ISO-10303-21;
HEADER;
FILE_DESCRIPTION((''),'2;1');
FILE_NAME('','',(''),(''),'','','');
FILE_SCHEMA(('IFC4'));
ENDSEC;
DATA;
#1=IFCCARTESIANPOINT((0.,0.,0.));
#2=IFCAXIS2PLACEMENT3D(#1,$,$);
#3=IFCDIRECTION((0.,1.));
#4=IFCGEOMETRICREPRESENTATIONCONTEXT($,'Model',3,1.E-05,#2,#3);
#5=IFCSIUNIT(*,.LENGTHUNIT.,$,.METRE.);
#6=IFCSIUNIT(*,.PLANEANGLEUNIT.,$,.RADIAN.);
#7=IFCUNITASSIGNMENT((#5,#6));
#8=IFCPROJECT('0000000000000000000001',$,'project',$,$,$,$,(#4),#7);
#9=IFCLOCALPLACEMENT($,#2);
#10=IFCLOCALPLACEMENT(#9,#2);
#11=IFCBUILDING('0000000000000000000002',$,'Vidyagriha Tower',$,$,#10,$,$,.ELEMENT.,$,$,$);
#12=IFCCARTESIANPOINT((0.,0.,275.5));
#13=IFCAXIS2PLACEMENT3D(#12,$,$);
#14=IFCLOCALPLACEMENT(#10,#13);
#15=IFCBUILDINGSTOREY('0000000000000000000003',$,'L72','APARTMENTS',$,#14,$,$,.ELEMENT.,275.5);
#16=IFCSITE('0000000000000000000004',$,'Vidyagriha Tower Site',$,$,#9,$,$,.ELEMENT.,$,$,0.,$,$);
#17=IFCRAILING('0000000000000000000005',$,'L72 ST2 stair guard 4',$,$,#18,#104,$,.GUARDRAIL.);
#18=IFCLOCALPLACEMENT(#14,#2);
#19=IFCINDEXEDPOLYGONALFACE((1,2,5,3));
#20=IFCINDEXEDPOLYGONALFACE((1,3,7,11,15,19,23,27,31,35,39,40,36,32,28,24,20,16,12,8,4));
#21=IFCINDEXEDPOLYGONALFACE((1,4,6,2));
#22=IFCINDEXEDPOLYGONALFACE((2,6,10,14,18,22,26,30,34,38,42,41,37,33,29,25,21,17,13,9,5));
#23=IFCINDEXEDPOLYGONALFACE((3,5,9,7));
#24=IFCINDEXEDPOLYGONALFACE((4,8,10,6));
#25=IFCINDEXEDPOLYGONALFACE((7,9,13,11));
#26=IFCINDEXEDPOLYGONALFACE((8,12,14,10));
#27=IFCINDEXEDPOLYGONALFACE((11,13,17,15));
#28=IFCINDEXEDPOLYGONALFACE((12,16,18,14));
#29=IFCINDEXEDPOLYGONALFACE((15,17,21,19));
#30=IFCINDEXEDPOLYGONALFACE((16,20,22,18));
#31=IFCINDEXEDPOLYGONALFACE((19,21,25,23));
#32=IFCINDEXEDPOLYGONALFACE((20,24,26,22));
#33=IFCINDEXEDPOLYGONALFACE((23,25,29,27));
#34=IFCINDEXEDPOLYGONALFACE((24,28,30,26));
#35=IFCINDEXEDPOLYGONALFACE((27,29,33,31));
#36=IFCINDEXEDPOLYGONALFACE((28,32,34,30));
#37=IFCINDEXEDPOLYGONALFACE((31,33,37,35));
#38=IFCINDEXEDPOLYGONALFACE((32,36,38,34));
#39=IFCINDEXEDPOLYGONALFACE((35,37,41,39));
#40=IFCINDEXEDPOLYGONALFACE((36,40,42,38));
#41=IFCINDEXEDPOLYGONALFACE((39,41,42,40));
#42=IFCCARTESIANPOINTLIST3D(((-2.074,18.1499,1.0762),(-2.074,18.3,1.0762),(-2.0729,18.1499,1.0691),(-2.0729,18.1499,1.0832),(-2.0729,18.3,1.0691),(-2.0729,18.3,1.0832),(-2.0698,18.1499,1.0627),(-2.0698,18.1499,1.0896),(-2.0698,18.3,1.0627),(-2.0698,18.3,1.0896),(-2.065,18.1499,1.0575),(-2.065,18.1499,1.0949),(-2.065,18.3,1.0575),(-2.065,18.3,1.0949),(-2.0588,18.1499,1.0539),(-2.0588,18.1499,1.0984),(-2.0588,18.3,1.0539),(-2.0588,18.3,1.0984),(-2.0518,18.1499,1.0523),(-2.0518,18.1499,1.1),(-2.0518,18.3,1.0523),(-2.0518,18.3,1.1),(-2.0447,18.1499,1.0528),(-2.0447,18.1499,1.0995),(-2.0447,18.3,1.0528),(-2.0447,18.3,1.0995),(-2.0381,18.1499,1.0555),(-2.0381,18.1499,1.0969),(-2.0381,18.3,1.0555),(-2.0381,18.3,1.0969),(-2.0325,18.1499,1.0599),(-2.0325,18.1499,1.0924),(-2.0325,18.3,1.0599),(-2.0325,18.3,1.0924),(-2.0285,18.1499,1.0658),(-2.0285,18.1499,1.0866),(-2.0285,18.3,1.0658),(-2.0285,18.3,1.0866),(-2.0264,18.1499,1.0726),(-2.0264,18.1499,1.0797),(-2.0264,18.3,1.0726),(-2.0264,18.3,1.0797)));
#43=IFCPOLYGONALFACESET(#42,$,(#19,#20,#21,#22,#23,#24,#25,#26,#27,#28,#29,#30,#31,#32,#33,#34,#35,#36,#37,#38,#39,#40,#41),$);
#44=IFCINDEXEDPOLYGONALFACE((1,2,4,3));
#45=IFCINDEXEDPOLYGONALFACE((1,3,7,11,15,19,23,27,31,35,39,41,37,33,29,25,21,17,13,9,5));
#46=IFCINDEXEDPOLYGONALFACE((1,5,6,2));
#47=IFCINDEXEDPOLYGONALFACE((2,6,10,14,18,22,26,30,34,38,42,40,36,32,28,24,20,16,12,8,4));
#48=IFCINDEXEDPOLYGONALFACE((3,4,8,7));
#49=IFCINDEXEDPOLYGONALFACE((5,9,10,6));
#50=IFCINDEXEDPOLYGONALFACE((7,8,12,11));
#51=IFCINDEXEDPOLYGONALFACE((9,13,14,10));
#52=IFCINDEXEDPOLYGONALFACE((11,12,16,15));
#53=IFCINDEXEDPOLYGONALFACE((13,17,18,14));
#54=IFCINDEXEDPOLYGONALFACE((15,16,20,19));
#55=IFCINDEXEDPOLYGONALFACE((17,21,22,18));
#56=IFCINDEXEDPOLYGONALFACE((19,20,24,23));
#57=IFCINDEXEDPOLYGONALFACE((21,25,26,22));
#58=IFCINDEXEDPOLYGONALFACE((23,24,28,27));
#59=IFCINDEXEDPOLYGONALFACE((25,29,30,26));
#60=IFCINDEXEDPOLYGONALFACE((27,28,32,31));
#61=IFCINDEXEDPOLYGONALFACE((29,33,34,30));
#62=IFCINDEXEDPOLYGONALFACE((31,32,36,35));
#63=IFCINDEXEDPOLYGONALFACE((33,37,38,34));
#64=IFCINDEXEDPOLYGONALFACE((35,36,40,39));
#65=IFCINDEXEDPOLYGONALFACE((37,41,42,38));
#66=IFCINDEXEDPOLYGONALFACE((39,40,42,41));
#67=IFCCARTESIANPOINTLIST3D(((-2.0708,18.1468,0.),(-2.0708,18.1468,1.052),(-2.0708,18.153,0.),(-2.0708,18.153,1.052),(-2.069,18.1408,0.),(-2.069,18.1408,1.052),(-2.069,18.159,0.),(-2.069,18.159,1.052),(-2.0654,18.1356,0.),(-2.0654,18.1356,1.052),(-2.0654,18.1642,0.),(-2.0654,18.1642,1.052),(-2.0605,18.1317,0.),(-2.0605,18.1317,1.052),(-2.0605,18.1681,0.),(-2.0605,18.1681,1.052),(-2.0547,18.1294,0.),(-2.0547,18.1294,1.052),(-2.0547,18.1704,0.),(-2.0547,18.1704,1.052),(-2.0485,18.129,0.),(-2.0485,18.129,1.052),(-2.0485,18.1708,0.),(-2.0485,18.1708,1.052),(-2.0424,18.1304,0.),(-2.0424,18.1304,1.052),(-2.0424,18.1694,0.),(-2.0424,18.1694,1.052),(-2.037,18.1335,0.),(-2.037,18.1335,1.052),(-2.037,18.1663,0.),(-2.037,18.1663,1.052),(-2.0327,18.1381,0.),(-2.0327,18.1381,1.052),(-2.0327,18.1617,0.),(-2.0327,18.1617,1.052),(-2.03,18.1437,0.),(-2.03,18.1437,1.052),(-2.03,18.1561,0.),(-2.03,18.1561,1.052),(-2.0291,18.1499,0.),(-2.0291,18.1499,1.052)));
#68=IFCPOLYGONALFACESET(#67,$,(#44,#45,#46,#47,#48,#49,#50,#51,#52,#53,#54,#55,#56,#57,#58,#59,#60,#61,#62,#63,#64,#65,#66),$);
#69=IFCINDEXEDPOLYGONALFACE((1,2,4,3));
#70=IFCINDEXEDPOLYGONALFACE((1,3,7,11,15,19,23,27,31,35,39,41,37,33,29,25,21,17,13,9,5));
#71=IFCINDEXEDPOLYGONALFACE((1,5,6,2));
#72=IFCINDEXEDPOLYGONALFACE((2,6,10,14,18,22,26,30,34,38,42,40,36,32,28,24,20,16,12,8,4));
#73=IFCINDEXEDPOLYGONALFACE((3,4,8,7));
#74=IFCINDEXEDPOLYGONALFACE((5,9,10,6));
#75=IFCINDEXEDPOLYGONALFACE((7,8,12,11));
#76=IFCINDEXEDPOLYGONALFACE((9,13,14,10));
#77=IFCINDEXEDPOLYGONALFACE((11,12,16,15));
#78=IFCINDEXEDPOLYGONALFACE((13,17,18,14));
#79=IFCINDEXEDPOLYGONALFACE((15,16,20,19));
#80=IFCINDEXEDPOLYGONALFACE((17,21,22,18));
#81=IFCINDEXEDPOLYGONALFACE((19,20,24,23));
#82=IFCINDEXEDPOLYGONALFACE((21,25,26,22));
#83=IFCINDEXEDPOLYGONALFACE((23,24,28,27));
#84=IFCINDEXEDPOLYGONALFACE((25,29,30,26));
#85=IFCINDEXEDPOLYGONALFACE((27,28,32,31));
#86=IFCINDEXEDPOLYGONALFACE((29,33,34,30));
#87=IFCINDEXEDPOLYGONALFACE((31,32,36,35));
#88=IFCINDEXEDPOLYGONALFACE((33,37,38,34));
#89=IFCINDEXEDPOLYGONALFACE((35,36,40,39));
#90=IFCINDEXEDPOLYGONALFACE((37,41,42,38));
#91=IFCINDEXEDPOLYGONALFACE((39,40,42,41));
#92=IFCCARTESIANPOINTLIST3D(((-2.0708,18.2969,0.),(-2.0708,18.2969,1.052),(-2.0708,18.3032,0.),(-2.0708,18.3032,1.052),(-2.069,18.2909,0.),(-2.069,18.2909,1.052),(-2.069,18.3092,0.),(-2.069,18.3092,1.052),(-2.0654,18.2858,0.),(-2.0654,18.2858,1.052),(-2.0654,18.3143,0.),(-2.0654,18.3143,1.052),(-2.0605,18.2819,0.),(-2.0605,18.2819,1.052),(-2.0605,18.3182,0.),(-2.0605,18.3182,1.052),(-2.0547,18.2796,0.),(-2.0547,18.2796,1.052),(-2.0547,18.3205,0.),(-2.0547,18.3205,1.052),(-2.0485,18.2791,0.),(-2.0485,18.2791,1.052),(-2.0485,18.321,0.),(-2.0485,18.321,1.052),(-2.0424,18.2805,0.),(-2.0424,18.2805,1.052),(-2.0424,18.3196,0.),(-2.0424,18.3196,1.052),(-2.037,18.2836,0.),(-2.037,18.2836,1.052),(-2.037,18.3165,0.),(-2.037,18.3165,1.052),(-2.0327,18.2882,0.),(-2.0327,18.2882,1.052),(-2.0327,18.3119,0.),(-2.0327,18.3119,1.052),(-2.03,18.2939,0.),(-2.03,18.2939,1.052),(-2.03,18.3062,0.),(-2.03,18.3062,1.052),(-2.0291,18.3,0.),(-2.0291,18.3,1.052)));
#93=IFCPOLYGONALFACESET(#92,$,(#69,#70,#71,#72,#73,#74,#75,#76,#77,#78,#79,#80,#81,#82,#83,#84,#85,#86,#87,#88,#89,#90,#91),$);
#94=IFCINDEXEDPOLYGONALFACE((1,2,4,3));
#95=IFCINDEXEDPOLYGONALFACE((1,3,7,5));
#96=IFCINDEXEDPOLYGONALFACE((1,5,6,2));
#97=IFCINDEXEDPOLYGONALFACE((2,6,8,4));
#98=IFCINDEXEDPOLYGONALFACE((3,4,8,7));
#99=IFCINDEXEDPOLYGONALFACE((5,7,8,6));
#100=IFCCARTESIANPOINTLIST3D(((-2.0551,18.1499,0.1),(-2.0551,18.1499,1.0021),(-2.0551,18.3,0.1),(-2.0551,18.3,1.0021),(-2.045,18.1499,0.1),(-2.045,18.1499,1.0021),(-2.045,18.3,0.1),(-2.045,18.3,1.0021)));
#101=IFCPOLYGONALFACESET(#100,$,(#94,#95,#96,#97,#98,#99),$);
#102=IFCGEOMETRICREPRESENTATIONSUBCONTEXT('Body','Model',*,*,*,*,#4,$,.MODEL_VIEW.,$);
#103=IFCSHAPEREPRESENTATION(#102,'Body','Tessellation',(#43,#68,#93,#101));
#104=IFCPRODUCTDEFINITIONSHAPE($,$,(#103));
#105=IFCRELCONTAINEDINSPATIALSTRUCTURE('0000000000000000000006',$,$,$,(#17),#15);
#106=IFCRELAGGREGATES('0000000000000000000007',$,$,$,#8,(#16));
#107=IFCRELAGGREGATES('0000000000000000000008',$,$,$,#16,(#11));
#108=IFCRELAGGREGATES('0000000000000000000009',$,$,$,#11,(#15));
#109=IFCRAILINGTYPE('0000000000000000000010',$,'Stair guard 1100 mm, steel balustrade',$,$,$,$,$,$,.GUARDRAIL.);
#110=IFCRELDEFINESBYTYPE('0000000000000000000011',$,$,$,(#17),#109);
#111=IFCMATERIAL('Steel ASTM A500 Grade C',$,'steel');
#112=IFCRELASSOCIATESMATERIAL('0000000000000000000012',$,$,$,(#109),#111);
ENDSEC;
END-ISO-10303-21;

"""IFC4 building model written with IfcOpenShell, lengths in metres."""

from ifc_helpers import new_model, si_unit, direction, frame, origin, origin_2d, place, context, subcontext, project, spatial, rectangle, circle, extrude, material, type_object, element, save


model = new_model("IFC4")

# Units and contexts
model_context = context("Model", 3, precision=1e-05, world=origin(), true_north=direction((0.0, 1.0)))
body_context = subcontext(model_context, "Body", "Model", "MODEL_VIEW")
ifc_project = project(units=[si_unit("LENGTHUNIT", "METRE"), si_unit("PLANEANGLEUNIT", "RADIAN")], contexts=[model_context])

# Site, building, storey
site_placement = place(None, origin())
site = spatial("IfcSite", under=ifc_project, at=site_placement, Name="Vidyagriha Tower Site", CompositionType="ELEMENT", RefElevation=0.0)
building_placement = place(site_placement, origin())
building = spatial("IfcBuilding", under=site, at=building_placement, Name="Vidyagriha Tower", CompositionType="ELEMENT")
storey_placement = place(building_placement, frame((0.0, 0.0, 275.5)))
storey = spatial("IfcBuildingStorey", under=building, at=storey_placement, Name="L72", Description="APARTMENTS", CompositionType="ELEMENT", Elevation=275.5)

# Railing
ifc_material_1 = material(Name="Steel ASTM A500 Grade C", Category="steel")
railing_type_1 = type_object("IfcRailingType", Name="Stair guard 1100 mm, steel balustrade", PredefinedType="GUARDRAIL", material=ifc_material_1)
railing_1_placement = place(storey_placement, frame((-2.05, 18.1499, 0.0)))
element("IfcRailing", 1, at=railing_1_placement, inside=storey, type_object=railing_type_1, Name="L72 ST2 stair guard 4", PredefinedType="GUARDRAIL", context=body_context, shape_type="SweptSolid", body=[
    extrude(circle(Radius=0.0239, at=origin_2d()), frame((0.0, 0.0, 1.0762), z_axis=(0.0, 1.0, 0.0), x_axis=(-1.0, 0.0, 0.0)), (0.0, 0.0, 1.0), 0.1501),
    extrude(circle(Radius=0.021, at=origin_2d()), origin(), (0.0, 0.0, 1.0), 1.052),
    extrude(circle(Radius=0.021, at=origin_2d()), frame((0.0, 0.1501, 0.0)), (0.0, 0.0, 1.0), 1.052),
    extrude(rectangle(XDim=0.01, YDim=0.9021, at=origin_2d()), frame((0.0, 0.0, 0.551), z_axis=(0.0, 1.0, 0.0), x_axis=(-1.0, 0.0, 0.0)), (0.0, 0.0, 1.0), 0.1501),
])

save(model, "model.ifc")
